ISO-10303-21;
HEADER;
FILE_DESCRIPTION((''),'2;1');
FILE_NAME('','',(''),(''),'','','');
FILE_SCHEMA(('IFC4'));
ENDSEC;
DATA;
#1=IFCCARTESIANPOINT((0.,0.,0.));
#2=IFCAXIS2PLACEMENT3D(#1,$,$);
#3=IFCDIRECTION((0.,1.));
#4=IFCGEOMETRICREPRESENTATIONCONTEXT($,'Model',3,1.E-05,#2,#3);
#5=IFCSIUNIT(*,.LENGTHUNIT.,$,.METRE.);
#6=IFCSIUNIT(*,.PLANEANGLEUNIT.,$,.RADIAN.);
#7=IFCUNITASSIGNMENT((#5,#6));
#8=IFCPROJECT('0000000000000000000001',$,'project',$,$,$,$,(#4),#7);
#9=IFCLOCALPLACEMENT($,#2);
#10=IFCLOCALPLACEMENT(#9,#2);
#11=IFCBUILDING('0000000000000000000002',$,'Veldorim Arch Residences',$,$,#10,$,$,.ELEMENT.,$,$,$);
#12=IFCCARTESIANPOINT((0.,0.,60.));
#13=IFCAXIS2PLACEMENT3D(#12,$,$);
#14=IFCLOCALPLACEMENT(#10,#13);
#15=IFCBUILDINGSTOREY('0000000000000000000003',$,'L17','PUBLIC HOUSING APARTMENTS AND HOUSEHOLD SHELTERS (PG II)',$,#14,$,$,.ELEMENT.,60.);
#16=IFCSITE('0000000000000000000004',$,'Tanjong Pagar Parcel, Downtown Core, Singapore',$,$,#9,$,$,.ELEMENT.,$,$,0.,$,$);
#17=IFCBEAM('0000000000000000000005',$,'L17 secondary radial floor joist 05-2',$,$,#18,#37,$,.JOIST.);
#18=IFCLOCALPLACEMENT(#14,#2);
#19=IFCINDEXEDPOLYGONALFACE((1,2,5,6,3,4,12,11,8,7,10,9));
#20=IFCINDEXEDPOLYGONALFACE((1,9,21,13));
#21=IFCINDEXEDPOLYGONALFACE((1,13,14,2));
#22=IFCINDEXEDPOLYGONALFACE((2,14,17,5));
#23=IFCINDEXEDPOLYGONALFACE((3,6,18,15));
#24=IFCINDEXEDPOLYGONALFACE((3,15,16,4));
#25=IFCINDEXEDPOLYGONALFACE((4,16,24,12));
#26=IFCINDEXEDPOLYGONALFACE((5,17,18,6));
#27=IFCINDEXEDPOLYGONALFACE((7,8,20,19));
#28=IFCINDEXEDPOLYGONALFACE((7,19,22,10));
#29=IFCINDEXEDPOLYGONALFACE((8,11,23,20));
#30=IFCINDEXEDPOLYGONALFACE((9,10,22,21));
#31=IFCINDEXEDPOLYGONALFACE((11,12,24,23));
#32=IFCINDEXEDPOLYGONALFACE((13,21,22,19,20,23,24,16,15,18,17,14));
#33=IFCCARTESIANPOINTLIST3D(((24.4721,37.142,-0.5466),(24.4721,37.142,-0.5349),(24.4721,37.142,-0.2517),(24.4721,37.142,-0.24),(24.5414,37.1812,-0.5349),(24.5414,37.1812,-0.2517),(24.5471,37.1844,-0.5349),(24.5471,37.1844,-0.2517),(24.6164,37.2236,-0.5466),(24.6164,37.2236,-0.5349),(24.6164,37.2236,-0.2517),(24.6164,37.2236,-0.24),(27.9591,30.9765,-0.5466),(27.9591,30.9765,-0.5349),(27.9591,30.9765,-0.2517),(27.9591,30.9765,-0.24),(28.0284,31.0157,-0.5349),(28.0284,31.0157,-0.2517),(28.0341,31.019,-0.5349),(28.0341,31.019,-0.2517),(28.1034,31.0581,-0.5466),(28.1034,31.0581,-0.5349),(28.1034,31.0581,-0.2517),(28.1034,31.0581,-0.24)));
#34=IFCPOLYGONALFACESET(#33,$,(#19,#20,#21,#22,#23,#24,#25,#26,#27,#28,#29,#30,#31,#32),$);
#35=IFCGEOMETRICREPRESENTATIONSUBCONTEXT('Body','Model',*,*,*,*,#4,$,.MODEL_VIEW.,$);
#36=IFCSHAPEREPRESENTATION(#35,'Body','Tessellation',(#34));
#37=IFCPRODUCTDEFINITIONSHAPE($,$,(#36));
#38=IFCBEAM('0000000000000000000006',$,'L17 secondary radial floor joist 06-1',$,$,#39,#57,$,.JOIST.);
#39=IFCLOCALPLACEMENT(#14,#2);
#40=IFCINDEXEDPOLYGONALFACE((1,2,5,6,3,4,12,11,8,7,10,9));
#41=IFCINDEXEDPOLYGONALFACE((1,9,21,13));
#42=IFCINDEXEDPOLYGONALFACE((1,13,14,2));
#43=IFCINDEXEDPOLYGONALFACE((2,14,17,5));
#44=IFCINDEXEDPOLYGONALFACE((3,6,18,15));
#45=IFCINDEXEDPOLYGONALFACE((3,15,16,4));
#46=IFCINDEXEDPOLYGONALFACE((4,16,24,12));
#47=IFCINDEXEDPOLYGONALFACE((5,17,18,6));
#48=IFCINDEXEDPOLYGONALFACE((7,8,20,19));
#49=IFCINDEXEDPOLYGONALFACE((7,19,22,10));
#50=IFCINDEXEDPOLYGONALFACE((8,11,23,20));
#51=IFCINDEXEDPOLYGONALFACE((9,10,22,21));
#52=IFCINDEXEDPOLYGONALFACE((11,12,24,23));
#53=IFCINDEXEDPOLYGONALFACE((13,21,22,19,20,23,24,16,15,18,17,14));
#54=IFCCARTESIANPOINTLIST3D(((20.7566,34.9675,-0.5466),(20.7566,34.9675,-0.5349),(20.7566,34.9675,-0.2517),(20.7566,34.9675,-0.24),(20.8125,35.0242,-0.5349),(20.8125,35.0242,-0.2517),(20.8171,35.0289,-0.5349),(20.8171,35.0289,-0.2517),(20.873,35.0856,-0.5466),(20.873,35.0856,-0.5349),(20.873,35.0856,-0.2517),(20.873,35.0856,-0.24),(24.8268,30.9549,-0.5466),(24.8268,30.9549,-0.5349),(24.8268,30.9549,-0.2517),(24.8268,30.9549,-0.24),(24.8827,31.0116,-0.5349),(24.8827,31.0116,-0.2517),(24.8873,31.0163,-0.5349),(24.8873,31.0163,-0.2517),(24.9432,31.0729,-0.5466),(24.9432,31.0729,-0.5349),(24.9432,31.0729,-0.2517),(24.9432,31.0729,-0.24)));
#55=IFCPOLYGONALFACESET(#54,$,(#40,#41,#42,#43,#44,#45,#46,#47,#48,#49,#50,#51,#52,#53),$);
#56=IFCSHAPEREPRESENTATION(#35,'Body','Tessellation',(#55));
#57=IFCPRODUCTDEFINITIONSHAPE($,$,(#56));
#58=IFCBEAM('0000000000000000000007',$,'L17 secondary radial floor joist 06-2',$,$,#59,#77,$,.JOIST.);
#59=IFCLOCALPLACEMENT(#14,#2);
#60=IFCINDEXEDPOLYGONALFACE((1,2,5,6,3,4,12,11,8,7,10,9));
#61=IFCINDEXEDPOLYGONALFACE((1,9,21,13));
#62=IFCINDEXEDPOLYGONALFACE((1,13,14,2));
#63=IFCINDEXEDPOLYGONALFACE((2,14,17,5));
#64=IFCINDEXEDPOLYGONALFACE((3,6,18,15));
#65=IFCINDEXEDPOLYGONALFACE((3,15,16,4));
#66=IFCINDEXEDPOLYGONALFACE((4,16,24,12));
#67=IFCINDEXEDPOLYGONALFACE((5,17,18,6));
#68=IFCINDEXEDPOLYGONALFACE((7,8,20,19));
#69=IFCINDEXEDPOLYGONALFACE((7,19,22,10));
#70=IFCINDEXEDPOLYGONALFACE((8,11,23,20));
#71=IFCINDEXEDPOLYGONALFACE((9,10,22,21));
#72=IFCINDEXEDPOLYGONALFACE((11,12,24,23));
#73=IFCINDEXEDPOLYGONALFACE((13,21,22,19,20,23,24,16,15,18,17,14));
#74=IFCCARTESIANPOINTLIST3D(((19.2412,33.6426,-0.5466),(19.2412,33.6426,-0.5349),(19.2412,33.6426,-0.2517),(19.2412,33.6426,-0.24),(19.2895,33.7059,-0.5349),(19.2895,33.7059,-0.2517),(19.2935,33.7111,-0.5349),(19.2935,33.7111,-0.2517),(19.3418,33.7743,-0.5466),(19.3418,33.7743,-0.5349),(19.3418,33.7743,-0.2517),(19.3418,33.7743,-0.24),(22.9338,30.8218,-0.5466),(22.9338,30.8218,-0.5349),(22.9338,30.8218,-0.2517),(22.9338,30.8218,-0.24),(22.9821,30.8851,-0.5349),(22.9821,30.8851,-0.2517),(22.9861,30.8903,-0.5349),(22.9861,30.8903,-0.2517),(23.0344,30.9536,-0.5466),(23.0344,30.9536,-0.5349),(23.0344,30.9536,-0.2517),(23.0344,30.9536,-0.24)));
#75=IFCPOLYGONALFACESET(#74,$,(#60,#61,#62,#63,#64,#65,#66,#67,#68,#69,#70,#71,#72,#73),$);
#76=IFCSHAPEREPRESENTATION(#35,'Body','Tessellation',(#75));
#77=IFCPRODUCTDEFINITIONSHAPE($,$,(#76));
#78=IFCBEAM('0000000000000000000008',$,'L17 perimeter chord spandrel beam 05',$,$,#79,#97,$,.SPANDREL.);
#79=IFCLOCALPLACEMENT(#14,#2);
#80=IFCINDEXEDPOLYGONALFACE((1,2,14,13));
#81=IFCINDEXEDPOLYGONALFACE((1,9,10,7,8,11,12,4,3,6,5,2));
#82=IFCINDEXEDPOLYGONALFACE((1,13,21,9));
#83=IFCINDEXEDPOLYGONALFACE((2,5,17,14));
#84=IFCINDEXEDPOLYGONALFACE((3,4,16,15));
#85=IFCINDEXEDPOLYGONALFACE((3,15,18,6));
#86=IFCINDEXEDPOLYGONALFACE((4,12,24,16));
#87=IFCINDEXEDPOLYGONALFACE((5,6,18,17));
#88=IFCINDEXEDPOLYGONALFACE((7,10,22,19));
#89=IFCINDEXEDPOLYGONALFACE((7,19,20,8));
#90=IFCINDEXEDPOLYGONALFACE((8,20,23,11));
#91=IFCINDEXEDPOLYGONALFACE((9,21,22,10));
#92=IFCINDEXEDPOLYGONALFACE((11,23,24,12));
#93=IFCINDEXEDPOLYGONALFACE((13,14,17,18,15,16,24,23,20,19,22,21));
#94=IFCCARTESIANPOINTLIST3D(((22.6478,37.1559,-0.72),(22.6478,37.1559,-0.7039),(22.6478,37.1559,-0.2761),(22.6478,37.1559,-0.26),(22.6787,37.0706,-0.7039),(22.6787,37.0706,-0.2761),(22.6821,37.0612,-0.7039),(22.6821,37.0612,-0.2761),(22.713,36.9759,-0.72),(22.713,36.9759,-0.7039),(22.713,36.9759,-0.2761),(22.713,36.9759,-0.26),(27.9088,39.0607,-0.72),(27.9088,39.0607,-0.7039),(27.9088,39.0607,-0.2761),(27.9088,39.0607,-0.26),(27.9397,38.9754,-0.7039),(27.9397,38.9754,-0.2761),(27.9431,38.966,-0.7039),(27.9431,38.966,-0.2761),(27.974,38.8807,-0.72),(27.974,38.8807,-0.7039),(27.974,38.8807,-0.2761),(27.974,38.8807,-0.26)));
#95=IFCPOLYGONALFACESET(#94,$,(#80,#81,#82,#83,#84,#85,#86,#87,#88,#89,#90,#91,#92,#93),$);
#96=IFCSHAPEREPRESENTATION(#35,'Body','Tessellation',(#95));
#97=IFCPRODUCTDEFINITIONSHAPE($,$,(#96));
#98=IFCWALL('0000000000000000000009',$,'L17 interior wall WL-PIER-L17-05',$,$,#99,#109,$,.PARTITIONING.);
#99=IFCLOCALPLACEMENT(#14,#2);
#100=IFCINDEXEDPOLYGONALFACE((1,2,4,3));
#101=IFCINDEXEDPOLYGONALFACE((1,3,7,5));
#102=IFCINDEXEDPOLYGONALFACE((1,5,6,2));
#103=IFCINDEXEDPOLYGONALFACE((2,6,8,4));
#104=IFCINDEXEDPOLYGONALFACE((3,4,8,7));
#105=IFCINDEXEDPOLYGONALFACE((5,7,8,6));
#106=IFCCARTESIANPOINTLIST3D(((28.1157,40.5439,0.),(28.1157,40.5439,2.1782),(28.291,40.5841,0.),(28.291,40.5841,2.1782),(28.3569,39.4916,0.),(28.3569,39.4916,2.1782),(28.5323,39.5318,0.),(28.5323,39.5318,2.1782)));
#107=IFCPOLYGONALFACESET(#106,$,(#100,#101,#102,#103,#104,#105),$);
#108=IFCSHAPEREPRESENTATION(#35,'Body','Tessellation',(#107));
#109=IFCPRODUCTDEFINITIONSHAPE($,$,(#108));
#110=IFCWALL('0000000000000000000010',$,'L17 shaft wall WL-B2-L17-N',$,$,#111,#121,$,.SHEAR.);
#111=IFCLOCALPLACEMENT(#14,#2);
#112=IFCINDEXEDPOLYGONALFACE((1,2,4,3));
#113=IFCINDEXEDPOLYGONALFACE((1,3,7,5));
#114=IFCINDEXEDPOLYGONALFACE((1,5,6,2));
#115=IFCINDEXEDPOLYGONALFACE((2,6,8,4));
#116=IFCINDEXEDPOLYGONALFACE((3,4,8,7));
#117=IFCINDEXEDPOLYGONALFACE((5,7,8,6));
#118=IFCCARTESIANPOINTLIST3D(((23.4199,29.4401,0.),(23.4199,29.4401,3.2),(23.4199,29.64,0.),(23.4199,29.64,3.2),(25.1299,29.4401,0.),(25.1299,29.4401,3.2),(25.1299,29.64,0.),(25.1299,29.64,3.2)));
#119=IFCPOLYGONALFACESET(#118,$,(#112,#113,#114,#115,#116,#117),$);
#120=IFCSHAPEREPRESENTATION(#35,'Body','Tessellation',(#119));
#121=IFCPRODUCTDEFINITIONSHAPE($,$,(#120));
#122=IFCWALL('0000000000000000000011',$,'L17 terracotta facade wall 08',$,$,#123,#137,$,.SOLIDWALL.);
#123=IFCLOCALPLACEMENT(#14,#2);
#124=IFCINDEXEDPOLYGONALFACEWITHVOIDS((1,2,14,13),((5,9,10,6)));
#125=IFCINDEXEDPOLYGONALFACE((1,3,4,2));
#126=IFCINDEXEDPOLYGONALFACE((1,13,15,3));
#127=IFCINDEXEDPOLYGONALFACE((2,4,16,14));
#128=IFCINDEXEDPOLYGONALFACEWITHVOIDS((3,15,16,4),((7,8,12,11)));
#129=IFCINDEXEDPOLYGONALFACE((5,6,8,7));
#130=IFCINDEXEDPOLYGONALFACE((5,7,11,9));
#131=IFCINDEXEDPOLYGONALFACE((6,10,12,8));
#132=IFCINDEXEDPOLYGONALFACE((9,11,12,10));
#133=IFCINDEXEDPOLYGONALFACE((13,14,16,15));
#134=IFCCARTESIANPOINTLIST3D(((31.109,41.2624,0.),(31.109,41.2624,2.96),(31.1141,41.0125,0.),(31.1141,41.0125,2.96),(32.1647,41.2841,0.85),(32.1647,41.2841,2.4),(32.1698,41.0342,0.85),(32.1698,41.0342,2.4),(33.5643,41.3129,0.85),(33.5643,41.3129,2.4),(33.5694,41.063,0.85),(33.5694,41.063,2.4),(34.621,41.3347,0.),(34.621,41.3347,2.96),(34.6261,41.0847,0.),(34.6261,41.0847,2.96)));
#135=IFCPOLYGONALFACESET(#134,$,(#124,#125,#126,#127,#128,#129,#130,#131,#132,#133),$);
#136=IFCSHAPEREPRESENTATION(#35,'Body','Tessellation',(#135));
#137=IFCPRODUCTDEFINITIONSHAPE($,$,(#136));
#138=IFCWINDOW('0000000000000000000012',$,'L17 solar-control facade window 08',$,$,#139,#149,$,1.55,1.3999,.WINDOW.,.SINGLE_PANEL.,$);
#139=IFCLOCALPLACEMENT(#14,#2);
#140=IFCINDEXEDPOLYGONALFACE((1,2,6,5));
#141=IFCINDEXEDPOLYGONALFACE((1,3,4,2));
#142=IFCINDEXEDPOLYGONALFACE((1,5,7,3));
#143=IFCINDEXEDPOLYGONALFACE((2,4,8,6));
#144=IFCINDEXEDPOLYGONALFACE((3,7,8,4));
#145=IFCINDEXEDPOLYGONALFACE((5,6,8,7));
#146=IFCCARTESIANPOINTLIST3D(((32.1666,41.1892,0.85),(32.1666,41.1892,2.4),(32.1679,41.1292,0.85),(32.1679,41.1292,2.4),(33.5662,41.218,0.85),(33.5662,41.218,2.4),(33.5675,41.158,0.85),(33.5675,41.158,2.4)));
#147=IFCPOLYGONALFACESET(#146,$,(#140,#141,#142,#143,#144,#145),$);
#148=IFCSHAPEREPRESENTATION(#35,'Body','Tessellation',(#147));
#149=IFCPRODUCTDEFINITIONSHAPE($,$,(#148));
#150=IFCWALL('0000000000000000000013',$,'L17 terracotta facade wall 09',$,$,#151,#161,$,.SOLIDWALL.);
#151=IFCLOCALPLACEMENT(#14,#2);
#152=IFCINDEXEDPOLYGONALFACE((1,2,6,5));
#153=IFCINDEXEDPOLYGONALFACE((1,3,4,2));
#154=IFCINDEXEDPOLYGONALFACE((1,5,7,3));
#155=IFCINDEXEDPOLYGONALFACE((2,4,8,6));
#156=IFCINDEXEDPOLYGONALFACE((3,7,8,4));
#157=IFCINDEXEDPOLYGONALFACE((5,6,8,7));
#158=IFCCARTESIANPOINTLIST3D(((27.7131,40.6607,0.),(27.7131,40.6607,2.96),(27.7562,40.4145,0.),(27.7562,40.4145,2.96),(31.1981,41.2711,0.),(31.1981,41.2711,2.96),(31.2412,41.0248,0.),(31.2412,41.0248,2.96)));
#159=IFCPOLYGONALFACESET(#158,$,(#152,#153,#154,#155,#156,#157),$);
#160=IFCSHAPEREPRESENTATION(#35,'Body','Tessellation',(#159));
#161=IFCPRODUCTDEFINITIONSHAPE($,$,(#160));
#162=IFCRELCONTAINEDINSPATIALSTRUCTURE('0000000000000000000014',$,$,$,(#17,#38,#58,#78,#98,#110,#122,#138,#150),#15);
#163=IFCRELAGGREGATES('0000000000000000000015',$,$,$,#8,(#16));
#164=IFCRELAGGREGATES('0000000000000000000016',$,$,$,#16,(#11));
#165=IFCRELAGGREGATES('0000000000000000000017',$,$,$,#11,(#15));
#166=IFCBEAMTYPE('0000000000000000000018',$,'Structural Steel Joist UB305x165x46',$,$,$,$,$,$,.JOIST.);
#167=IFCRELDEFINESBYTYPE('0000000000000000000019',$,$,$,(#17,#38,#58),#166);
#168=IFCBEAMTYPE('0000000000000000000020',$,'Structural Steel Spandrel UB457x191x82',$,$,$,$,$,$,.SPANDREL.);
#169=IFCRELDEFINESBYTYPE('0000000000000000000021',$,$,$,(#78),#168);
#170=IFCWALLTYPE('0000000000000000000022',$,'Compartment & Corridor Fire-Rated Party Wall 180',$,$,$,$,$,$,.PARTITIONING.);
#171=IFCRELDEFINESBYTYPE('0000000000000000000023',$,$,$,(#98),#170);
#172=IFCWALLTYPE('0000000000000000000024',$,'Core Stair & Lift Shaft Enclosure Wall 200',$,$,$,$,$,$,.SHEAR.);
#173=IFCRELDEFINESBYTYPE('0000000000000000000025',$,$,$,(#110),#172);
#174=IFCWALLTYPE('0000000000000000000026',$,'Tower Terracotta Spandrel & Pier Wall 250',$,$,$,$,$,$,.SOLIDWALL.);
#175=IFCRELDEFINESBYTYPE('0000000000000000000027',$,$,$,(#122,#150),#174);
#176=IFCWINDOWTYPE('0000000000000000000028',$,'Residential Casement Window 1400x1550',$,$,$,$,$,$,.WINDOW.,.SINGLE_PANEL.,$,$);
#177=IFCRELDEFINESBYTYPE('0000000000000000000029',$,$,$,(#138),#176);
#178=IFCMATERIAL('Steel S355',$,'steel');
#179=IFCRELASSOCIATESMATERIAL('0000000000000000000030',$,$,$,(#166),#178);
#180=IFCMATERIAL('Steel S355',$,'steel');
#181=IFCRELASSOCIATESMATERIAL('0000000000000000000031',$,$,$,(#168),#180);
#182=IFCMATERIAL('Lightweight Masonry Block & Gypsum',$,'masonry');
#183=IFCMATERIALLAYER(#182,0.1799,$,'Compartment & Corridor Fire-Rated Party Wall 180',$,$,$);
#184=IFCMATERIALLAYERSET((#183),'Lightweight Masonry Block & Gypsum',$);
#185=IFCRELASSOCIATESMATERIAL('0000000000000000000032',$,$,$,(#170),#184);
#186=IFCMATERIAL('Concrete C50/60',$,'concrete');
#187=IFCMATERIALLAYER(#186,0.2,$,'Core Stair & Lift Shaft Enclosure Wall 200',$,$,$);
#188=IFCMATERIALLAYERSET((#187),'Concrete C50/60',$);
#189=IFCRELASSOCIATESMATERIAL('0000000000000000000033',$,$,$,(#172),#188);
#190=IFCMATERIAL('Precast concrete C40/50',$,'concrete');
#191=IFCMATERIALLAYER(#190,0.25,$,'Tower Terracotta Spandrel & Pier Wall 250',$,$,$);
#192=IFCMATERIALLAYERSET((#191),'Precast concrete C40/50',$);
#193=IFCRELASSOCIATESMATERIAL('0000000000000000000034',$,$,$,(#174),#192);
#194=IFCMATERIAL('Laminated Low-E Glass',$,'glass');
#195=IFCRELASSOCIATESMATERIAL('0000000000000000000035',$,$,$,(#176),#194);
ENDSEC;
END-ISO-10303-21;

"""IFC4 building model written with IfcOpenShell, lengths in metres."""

from ifc_helpers import new_model, si_unit, direction, frame, frame_2d, origin, origin_2d, place, context, subcontext, project, spatial, rectangle, i_section, extrude, material, layer, layer_set, material_profile, profile_set, type_object, element, fill, save


model = new_model("IFC4")

# Units and contexts
model_context = context("Model", 3, precision=1e-05, world=origin(), true_north=direction((0.0, 1.0)))
body_context = subcontext(model_context, "Body", "Model", "MODEL_VIEW")
ifc_project = project(units=[si_unit("LENGTHUNIT", "METRE"), si_unit("PLANEANGLEUNIT", "RADIAN")], contexts=[model_context])

# Site, building, storey
site_placement = place(None, origin())
site = spatial("IfcSite", under=ifc_project, at=site_placement, Name="Tanjong Pagar Parcel, Downtown Core, Singapore", CompositionType="ELEMENT", RefElevation=0.0)
building_placement = place(site_placement, origin())
building = spatial("IfcBuilding", under=site, at=building_placement, Name="Veldorim Arch Residences", CompositionType="ELEMENT")
storey_placement = place(building_placement, frame((0.0, 0.0, 60.0)))
storey = spatial("IfcBuildingStorey", under=building, at=storey_placement, Name="L17", Description="PUBLIC HOUSING APARTMENTS AND HOUSEHOLD SHELTERS (PG II)", CompositionType="ELEMENT", Elevation=60.0)

# Beams
ifc_material_1 = material(Name="Steel S355", Category="steel")
ifc_material_profile_1 = material_profile(ifc_material_1, i_section(OverallWidth=0.1658, OverallDepth=0.3066, WebThickness=0.0066, FlangeThickness=0.0117, at=origin_2d()), Name="UB305x165x46")
ifc_profile_set_1 = profile_set([ifc_material_profile_1], Name="Steel S355")
beam_type_1 = type_object("IfcBeamType", Name="Structural Steel Joist UB305x165x46", PredefinedType="JOIST", material=ifc_profile_set_1)
beam_1_placement = place(storey_placement, frame((28.0312, 31.0173, -0.3933), z_axis=(-0.492292, 0.87043, 0.0), x_axis=(-0.87043, -0.492292, 0.0)))
element("IfcBeam", 1, at=beam_1_placement, inside=storey, type_object=beam_type_1, Name="L17 secondary radial floor joist 05-2", PredefinedType="JOIST", context=body_context, shape_type="SweptSolid", body=[
    extrude(i_section(OverallWidth=0.1658, OverallDepth=0.3066, WebThickness=0.0066, FlangeThickness=0.0117, at=origin_2d()), origin(), (0.0, 0.0, 1.0), 7.0833),
])
beam_2_placement = place(storey_placement, frame((24.885, 31.0139, -0.3933), z_axis=(-0.712129, 0.702049, 0.0), x_axis=(-0.702049, -0.712129, 0.0)))
element("IfcBeam", 2, at=beam_2_placement, inside=storey, type_object=beam_type_1, Name="L17 secondary radial floor joist 06-1", PredefinedType="JOIST", context=body_context, shape_type="SweptSolid", body=[
    extrude(i_section(OverallWidth=0.1658, OverallDepth=0.3066, WebThickness=0.0066, FlangeThickness=0.0117, at=origin_2d()), origin(), (0.0, 0.0, 1.0), 5.7156),
])
beam_3_placement = place(storey_placement, frame((22.9841, 30.8877, -0.3933), z_axis=(-0.794666, 0.607046, 0.0), x_axis=(-0.607046, -0.794666, 0.0)))
element("IfcBeam", 3, at=beam_3_placement, inside=storey, type_object=beam_type_1, Name="L17 secondary radial floor joist 06-2", PredefinedType="JOIST", context=body_context, shape_type="SweptSolid", body=[
    extrude(i_section(OverallWidth=0.1658, OverallDepth=0.3066, WebThickness=0.0066, FlangeThickness=0.0117, at=origin_2d()), origin(), (0.0, 0.0, 1.0), 4.6467),
])
ifc_material_2 = material(Name="Steel S355", Category="steel")
ifc_material_profile_2 = material_profile(ifc_material_2, i_section(OverallWidth=0.1914, OverallDepth=0.46, WebThickness=0.01, FlangeThickness=0.0161, at=origin_2d()), Name="UB457x191x82")
ifc_profile_set_2 = profile_set([ifc_material_profile_2], Name="Steel S355")
beam_type_2 = type_object("IfcBeamType", Name="Structural Steel Spandrel UB457x191x82", PredefinedType="SPANDREL", material=ifc_profile_set_2)
beam_4_placement = place(storey_placement, frame((27.9414, 38.9707, -0.49), z_axis=(-0.940269, -0.340432, 0.0), x_axis=(0.340432, -0.940269, 0.0)))
element("IfcBeam", 4, at=beam_4_placement, inside=storey, type_object=beam_type_2, Name="L17 perimeter chord spandrel beam 05", PredefinedType="SPANDREL", context=body_context, shape_type="SweptSolid", body=[
    extrude(i_section(OverallWidth=0.1914, OverallDepth=0.46, WebThickness=0.01, FlangeThickness=0.0161, at=origin_2d()), origin(), (0.0, 0.0, 1.0), 5.5952),
])

# Walls
ifc_material_3 = material(Name="Lightweight Masonry Block & Gypsum", Category="masonry")
ifc_layer_1 = layer(ifc_material_3, 0.1799, Name="Compartment & Corridor Fire-Rated Party Wall 180")
ifc_layer_set_1 = layer_set([ifc_layer_1], Name="Lightweight Masonry Block & Gypsum")
wall_type_1 = type_object("IfcWallType", Name="Compartment & Corridor Fire-Rated Party Wall 180", PredefinedType="PARTITIONING", material=ifc_layer_set_1)
wall_1_placement = place(storey_placement, frame((28.4446, 39.5117, 0.0), z_axis=(0.0, 0.0, 1.0), x_axis=(-0.223439, 0.974718, 0.0)))
element("IfcWall", 5, at=wall_1_placement, inside=storey, type_object=wall_type_1, Name="L17 interior wall WL-PIER-L17-05", PredefinedType="PARTITIONING", context=body_context, shape_type="SweptSolid", body=[
    extrude(rectangle(XDim=1.0796, YDim=0.1799, at=frame_2d((0.5398, 0.0))), origin(), (0.0, 0.0, 1.0), 2.1782),
])
ifc_material_4 = material(Name="Concrete C50/60", Category="concrete")
ifc_layer_2 = layer(ifc_material_4, 0.2, Name="Core Stair & Lift Shaft Enclosure Wall 200")
ifc_layer_set_2 = layer_set([ifc_layer_2], Name="Concrete C50/60")
wall_type_2 = type_object("IfcWallType", Name="Core Stair & Lift Shaft Enclosure Wall 200", PredefinedType="SHEAR", material=ifc_layer_set_2)
wall_2_placement = place(storey_placement, frame((23.4199, 29.54, 0.0), z_axis=(0.0, 0.0, 1.0), x_axis=(1.0, 0.0, 0.0)))
element("IfcWall", 6, at=wall_2_placement, inside=storey, type_object=wall_type_2, Name="L17 shaft wall WL-B2-L17-N", PredefinedType="SHEAR", context=body_context, shape_type="SweptSolid", body=[
    extrude(rectangle(XDim=1.71, YDim=0.2, at=frame_2d((0.855, 0.0))), origin(), (0.0, 0.0, 1.0), 3.2),
])

# Wall, opening, window
ifc_material_5 = material(Name="Precast concrete C40/50", Category="concrete")
ifc_layer_3 = layer(ifc_material_5, 0.25, Name="Tower Terracotta Spandrel & Pier Wall 250")
ifc_layer_set_3 = layer_set([ifc_layer_3], Name="Precast concrete C40/50")
wall_type_3 = type_object("IfcWallType", Name="Tower Terracotta Spandrel & Pier Wall 250", PredefinedType="SOLIDWALL", material=ifc_layer_set_3)
wall_3_placement = place(storey_placement, frame((31.1116, 41.1375, 0.0), z_axis=(0.0, 0.0, 1.0), x_axis=(0.999788, 0.020573, 0.0)))
wall_3 = element("IfcWall", 7, at=wall_3_placement, inside=storey, type_object=wall_type_3, Name="L17 terracotta facade wall 08", PredefinedType="SOLIDWALL", context=body_context, shape_type="SweptSolid", body=[
    extrude(rectangle(XDim=3.5127, YDim=0.25, at=frame_2d((1.7563, 0.0))), origin(), (0.0, 0.0, 1.0), 2.96),
])
opening_1_placement = place(wall_3_placement, frame((1.0559, 0.0, 0.8501)))
opening_1 = element("IfcOpeningElement", 8, at=opening_1_placement, cuts=wall_3, PredefinedType="OPENING", context=body_context, shape_type="SweptSolid", body=[
    extrude(rectangle(XDim=1.3999, YDim=1.55, at=frame_2d((0.7, 0.7749))), frame((0.0, 0.135, 0.0), z_axis=(0.0, -1.0, 0.0), x_axis=(1.0, 0.0, 0.0)), (0.0, 0.0, 1.0), 0.27),
])
ifc_material_6 = material(Name="Laminated Low-E Glass", Category="glass")
window_type = type_object("IfcWindowType", Name="Residential Casement Window 1400x1550", PartitioningType="SINGLE_PANEL", PredefinedType="WINDOW", material=ifc_material_6)
window_placement = place(opening_1_placement, origin())
window = element("IfcWindow", 9, at=window_placement, inside=storey, type_object=window_type, Name="L17 solar-control facade window 08", OverallHeight=1.55, OverallWidth=1.3999, PartitioningType="SINGLE_PANEL", PredefinedType="WINDOW", context=body_context, shape_type="SweptSolid", body=[
    extrude(rectangle(XDim=1.3999, YDim=1.55, at=frame_2d((0.7, 0.7749))), frame((0.0, 0.03, 0.0), z_axis=(0.0, -1.0, 0.0), x_axis=(1.0, 0.0, 0.0)), (0.0, 0.0, 1.0), 0.0601),
])
fill(opening_1, window)

# Wall
wall_4_placement = place(storey_placement, frame((27.7346, 40.5376, 0.0), z_axis=(0.0, 0.0, 1.0), x_axis=(0.985008, 0.172506, 0.0)))
element("IfcWall", 10, at=wall_4_placement, inside=storey, type_object=wall_type_3, Name="L17 terracotta facade wall 09", PredefinedType="SOLIDWALL", context=body_context, shape_type="SweptSolid", body=[
    extrude(rectangle(XDim=3.5381, YDim=0.25, at=frame_2d((1.769, 0.0))), origin(), (0.0, 0.0, 1.0), 2.96),
])

save(model, "model.ifc")
